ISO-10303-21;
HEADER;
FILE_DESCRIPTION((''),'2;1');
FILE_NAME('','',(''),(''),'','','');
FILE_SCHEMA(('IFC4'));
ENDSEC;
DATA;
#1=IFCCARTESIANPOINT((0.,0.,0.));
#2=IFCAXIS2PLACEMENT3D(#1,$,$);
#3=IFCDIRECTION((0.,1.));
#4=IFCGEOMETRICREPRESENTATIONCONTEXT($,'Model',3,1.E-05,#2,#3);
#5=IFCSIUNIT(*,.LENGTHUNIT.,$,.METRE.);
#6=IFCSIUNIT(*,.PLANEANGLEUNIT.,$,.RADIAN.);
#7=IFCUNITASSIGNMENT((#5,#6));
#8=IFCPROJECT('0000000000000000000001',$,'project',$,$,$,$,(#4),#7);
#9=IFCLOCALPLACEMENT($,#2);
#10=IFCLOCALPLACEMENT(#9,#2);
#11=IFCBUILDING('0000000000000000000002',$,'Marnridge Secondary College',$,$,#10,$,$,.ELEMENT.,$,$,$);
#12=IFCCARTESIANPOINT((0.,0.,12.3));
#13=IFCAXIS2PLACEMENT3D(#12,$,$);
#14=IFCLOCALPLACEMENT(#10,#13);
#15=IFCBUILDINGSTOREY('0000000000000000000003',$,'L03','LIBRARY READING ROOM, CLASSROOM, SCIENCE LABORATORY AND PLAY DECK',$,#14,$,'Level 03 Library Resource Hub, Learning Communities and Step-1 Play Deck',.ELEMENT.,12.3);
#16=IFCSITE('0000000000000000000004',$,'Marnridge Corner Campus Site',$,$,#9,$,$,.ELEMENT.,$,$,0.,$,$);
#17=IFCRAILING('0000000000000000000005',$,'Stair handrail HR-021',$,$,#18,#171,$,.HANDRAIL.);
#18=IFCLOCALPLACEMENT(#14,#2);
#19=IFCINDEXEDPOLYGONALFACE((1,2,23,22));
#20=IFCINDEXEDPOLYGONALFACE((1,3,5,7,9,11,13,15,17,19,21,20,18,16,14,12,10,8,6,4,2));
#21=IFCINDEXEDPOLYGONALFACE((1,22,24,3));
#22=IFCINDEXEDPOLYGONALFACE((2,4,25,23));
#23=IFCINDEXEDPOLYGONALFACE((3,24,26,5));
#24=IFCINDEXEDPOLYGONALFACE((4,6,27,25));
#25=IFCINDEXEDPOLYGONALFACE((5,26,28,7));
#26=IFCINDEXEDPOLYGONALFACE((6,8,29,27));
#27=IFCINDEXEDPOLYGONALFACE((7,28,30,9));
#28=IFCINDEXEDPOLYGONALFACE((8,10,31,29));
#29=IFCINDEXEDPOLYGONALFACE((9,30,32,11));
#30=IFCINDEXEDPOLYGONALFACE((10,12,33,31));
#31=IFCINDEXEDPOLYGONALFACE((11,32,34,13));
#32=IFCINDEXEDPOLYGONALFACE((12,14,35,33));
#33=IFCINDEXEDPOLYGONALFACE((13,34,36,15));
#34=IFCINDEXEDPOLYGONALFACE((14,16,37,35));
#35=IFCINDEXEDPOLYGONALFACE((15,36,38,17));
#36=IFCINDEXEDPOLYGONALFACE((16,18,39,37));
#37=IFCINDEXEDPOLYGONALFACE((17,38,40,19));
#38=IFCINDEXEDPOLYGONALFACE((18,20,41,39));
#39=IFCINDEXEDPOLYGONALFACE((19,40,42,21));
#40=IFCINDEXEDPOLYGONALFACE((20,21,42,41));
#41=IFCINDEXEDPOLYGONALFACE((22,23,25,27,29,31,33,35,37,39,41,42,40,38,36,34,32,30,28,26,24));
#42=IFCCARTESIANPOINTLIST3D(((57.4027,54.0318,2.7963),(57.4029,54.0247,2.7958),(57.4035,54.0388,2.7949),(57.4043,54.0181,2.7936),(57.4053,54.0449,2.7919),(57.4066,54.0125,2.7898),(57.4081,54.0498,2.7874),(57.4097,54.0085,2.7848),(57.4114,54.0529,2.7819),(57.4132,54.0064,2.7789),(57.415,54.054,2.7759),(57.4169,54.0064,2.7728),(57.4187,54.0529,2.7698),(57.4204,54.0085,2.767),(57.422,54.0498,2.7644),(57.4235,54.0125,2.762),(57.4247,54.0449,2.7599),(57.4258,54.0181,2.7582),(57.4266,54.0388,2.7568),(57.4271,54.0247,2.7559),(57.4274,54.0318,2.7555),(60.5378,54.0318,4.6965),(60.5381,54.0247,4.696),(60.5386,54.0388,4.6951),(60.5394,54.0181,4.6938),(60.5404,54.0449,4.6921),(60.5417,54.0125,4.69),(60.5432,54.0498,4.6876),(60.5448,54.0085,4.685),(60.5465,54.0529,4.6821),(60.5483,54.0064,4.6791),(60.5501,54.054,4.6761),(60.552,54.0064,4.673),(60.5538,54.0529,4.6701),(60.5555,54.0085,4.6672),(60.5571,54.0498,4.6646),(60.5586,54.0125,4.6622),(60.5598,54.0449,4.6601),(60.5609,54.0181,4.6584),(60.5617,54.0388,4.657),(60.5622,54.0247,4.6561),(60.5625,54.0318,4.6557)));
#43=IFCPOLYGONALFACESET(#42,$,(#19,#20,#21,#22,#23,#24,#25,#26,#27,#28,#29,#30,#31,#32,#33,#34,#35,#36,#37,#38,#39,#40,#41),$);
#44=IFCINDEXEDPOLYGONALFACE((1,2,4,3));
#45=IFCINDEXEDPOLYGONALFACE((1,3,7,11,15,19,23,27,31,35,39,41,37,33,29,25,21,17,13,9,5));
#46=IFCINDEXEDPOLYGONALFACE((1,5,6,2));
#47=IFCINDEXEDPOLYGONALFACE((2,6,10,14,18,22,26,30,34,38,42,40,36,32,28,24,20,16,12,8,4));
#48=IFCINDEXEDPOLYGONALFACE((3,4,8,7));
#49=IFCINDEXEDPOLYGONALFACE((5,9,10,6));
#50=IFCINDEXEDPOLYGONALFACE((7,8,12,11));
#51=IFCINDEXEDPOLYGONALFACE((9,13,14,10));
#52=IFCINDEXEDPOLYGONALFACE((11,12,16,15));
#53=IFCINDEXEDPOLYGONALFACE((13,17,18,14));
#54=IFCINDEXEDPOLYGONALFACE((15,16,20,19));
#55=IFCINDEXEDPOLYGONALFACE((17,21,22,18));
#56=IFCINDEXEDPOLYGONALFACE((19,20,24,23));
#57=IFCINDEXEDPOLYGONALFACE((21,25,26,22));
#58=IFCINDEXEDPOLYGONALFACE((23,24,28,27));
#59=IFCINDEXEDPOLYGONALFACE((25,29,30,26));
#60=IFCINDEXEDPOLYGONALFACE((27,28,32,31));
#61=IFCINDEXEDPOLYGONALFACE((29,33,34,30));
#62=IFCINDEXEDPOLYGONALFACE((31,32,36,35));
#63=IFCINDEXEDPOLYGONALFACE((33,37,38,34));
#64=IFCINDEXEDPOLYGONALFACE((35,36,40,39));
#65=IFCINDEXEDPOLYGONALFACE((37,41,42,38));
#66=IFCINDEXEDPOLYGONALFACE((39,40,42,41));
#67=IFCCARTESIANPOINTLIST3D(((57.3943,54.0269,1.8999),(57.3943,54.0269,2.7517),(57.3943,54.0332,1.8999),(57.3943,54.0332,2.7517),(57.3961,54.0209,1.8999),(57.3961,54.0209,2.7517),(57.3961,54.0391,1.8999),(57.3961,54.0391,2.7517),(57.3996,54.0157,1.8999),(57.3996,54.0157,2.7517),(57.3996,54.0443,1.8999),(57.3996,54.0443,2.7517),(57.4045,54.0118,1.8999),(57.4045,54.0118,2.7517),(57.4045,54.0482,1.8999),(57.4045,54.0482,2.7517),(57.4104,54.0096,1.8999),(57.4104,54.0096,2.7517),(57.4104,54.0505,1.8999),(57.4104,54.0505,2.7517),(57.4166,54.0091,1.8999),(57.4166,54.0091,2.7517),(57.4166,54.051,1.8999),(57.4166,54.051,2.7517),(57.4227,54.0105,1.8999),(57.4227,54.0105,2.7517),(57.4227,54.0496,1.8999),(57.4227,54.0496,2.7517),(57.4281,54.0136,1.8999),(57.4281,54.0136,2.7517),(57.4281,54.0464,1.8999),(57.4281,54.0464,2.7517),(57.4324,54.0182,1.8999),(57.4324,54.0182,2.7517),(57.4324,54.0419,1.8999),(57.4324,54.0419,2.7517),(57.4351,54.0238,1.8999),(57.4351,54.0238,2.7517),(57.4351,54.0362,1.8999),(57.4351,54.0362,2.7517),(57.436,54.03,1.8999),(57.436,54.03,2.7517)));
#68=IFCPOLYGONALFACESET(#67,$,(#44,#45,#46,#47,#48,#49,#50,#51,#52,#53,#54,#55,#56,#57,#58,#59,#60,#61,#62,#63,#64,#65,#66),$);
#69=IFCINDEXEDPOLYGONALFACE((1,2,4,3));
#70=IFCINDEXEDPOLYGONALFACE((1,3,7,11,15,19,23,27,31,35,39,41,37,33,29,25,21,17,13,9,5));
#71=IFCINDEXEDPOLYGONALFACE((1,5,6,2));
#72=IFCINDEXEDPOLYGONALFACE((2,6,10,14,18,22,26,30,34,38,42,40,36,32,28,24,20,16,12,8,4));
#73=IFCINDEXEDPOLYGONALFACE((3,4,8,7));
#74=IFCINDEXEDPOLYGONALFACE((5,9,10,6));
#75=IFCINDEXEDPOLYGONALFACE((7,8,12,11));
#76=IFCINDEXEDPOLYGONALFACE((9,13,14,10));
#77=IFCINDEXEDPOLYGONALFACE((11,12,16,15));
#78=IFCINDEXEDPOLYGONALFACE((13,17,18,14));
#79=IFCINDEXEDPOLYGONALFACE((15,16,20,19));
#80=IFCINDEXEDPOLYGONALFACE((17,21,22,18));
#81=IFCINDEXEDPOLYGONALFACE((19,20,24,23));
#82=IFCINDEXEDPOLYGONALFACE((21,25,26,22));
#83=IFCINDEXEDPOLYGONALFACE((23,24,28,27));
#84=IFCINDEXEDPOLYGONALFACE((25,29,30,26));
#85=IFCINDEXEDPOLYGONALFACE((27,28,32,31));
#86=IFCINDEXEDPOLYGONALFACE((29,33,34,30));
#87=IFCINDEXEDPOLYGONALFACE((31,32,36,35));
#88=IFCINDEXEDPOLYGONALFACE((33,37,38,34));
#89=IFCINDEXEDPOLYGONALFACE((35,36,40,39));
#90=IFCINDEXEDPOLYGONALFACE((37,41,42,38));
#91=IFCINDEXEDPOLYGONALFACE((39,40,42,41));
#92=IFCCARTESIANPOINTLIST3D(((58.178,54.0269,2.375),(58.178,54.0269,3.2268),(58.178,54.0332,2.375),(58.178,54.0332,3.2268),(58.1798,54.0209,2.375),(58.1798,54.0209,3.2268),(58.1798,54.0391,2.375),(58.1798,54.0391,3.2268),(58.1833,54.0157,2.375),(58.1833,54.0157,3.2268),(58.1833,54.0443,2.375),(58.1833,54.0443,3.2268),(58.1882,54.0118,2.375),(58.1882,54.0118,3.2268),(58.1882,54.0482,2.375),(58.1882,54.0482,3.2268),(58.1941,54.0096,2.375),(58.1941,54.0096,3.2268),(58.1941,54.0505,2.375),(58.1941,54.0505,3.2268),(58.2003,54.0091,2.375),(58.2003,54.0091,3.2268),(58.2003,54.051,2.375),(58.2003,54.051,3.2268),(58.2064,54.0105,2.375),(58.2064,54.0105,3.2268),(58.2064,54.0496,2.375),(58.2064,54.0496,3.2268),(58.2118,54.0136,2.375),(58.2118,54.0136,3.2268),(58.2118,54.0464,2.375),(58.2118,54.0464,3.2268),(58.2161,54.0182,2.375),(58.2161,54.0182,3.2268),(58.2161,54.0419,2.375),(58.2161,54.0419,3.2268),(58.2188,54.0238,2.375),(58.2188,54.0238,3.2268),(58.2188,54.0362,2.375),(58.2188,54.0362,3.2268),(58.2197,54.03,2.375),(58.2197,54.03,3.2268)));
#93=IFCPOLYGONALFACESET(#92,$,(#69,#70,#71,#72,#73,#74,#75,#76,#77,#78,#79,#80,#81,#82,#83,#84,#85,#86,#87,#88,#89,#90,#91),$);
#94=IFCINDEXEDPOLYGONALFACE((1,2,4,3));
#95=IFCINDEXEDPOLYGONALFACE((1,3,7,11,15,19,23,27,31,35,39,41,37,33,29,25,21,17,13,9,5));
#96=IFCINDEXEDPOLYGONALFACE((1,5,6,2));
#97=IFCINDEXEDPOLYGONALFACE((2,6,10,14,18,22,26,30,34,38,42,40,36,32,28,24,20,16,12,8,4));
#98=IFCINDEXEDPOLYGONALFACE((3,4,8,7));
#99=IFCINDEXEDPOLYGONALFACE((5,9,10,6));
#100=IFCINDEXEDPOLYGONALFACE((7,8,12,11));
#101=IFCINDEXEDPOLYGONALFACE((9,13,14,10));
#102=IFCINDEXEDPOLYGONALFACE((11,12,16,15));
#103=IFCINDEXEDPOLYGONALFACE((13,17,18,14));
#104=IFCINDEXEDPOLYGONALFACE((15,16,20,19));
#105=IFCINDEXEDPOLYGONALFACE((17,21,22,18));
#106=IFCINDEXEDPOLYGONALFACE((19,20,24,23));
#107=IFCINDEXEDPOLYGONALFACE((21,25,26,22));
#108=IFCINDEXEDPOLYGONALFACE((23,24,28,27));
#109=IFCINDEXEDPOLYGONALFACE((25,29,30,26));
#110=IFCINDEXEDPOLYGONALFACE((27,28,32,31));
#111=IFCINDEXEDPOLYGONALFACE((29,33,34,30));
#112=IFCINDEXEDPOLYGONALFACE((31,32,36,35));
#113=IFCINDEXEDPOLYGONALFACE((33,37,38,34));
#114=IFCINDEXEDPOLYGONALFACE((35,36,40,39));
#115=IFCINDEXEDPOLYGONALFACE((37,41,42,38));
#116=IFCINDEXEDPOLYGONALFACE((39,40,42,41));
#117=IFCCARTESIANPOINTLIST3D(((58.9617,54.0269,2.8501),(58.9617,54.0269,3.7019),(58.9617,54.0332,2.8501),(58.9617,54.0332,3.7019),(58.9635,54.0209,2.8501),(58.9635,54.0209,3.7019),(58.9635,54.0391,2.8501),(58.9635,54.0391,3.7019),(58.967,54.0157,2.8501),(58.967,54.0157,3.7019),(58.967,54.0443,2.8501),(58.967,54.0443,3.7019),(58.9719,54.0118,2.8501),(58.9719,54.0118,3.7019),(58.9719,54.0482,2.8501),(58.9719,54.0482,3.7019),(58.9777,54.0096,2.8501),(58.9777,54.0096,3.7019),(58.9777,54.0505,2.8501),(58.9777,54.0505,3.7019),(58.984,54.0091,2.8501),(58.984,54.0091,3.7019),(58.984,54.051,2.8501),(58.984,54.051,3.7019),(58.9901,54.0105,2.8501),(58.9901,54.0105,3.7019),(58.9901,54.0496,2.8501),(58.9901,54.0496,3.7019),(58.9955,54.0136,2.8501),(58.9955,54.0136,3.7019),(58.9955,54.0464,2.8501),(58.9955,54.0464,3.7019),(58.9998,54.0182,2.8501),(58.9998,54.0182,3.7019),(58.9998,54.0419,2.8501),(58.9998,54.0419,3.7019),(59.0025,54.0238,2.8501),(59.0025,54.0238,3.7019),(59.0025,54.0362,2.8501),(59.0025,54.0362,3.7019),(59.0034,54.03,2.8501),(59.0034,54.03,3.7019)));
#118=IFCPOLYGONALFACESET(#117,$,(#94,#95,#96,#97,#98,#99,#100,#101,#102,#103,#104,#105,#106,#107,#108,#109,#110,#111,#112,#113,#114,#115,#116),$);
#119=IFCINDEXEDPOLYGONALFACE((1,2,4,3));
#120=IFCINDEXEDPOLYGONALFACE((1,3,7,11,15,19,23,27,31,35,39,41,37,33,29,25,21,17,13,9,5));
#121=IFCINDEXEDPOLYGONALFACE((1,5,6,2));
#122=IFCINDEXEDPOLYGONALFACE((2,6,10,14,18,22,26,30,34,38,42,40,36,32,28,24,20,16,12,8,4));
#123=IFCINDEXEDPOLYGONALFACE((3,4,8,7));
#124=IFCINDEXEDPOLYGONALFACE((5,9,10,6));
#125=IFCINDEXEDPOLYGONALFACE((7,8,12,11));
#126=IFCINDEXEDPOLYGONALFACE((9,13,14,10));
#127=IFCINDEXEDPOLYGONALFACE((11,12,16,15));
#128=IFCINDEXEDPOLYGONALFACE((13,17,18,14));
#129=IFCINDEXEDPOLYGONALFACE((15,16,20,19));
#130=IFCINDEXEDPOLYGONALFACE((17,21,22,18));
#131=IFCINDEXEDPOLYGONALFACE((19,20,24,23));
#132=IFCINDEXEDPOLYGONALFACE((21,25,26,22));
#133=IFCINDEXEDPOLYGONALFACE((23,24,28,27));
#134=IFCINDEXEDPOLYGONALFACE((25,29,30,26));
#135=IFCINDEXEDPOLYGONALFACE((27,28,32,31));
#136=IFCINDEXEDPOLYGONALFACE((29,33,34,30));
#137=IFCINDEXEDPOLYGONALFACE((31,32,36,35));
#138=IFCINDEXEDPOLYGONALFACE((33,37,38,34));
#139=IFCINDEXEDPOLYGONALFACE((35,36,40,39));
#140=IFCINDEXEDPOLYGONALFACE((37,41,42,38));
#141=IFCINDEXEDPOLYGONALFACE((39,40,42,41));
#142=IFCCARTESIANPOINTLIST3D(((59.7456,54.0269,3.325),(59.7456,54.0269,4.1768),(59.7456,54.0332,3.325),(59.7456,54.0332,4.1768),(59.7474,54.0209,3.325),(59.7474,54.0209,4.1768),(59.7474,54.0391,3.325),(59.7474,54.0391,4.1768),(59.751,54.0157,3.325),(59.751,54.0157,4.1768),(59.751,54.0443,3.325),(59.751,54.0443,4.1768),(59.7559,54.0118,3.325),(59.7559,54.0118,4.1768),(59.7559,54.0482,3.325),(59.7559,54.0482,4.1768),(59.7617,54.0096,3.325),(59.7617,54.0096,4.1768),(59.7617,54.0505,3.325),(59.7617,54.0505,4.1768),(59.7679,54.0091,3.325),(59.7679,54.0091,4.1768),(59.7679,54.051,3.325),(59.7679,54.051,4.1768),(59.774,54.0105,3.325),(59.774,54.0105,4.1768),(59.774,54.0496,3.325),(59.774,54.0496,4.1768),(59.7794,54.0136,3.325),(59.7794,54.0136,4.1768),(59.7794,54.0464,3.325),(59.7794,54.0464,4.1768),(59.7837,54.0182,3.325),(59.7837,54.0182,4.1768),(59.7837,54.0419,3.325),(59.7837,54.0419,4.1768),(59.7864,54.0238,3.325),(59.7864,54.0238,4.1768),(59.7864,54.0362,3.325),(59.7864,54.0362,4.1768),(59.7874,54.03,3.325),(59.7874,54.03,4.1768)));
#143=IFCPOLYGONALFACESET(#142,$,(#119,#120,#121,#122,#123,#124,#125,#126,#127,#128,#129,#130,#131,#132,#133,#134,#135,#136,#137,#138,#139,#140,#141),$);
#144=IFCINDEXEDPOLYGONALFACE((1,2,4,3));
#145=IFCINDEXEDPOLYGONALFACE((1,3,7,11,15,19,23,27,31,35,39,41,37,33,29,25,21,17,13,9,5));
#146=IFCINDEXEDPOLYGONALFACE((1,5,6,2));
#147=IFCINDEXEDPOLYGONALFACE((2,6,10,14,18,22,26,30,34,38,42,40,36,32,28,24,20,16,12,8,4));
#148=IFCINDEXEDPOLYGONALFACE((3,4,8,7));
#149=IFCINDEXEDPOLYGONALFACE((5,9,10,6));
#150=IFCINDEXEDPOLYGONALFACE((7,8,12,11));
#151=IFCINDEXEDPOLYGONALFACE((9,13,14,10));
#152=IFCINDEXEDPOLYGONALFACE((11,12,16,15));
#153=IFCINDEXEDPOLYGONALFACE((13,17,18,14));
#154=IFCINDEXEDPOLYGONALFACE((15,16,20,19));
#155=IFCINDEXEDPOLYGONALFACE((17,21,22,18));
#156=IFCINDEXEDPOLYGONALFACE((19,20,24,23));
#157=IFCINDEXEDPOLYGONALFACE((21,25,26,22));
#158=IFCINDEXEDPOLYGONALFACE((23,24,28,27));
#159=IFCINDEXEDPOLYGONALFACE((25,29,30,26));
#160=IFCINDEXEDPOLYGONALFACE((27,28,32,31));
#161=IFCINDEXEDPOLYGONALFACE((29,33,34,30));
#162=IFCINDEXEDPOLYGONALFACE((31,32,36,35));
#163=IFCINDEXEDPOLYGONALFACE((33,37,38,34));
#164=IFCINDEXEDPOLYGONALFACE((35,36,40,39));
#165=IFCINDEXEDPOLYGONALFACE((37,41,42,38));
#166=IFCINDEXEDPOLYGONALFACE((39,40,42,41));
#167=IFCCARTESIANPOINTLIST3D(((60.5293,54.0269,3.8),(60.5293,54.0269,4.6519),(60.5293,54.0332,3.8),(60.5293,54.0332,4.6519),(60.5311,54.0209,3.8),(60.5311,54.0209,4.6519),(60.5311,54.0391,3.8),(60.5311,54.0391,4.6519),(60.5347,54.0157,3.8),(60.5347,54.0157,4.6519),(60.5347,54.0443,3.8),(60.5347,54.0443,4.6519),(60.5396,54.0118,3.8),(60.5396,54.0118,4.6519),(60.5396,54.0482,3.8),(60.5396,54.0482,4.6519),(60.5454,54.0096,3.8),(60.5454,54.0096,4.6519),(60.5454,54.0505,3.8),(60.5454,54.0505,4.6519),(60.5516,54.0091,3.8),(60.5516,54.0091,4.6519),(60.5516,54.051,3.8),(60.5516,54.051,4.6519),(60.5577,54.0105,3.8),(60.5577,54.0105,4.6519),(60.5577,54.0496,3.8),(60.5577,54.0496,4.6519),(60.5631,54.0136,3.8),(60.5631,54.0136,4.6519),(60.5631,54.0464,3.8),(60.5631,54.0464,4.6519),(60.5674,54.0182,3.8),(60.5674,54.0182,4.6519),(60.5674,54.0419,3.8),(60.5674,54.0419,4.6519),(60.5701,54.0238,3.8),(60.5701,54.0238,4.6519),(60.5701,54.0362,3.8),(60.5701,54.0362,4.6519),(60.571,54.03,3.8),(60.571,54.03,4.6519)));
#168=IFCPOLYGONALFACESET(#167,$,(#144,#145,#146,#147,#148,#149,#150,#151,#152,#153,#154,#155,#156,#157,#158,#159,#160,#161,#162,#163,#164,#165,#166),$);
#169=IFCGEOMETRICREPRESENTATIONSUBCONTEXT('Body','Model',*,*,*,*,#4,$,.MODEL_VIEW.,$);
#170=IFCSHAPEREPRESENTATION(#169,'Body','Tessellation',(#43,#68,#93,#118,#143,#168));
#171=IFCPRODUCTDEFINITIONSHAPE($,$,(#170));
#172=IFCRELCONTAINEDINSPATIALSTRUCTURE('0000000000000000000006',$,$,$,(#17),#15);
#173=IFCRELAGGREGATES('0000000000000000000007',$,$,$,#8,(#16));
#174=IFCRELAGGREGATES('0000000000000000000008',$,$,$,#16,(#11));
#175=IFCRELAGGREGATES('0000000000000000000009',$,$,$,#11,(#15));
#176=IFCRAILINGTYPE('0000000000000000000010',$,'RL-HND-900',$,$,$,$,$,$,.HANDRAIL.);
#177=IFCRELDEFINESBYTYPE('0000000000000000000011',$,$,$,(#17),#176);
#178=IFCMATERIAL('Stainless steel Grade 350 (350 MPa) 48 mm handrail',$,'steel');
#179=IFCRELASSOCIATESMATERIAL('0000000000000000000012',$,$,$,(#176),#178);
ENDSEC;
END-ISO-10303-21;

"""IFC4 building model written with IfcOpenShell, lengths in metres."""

from ifc_helpers import new_model, si_unit, direction, frame, origin, origin_2d, place, context, subcontext, project, spatial, circle, extrude, material, type_object, element, save


model = new_model("IFC4")

# Units and contexts
model_context = context("Model", 3, precision=1e-05, world=origin(), true_north=direction((0.0, 1.0)))
body_context = subcontext(model_context, "Body", "Model", "MODEL_VIEW")
ifc_project = project(units=[si_unit("LENGTHUNIT", "METRE"), si_unit("PLANEANGLEUNIT", "RADIAN")], contexts=[model_context])

# Site, building, storey
site_placement = place(None, origin())
site = spatial("IfcSite", under=ifc_project, at=site_placement, Name="Marnridge Corner Campus Site", CompositionType="ELEMENT", RefElevation=0.0)
building_placement = place(site_placement, origin())
building = spatial("IfcBuilding", under=site, at=building_placement, Name="Marnridge Secondary College", CompositionType="ELEMENT")
storey_placement = place(building_placement, frame((0.0, 0.0, 12.3)))
storey = spatial("IfcBuildingStorey", under=building, at=storey_placement, Name="L03", Description="LIBRARY READING ROOM, CLASSROOM, SCIENCE LABORATORY AND PLAY DECK", LongName="Level 03 Library Resource Hub, Learning Communities and Step-1 Play Deck", CompositionType="ELEMENT", Elevation=12.3)

# Railing
ifc_material_1 = material(Name="Stainless steel Grade 350 (350 MPa) 48 mm handrail", Category="steel")
railing_type_1 = type_object("IfcRailingType", Name="RL-HND-900", PredefinedType="HANDRAIL", material=ifc_material_1)
for number, where, name in (
    (1, (57.415, 54.03, 1.8999), "Stair handrail HR-021"),
):
    element("IfcRailing", number, at=place(storey_placement, frame(where)), inside=storey, type_object=railing_type_1, Name=name, PredefinedType="HANDRAIL", context=body_context, shape_type="SweptSolid", body=[
        extrude(circle(Radius=0.0239, at=origin_2d()), frame((0.0, 0.0, 0.876), z_axis=(0.855181, 0.0, 0.51833), x_axis=(0.0, 1.0, 0.0)), (0.0, 0.0, 1.0), 3.666),
        extrude(circle(Radius=0.021, at=origin_2d()), origin(), (0.0, 0.0, 1.0), 0.8518),
        extrude(circle(Radius=0.021, at=origin_2d()), frame((0.7837, 0.0, 0.4751)), (0.0, 0.0, 1.0), 0.8518),
        extrude(circle(Radius=0.021, at=origin_2d()), frame((1.5674, 0.0, 0.9502)), (0.0, 0.0, 1.0), 0.8518),
        extrude(circle(Radius=0.021, at=origin_2d()), frame((2.3513, 0.0, 1.425)), (0.0, 0.0, 1.0), 0.8518),
        extrude(circle(Radius=0.021, at=origin_2d()), frame((3.135, 0.0, 1.9001)), (0.0, 0.0, 1.0), 0.8518),
    ])

save(model, "model.ifc")
